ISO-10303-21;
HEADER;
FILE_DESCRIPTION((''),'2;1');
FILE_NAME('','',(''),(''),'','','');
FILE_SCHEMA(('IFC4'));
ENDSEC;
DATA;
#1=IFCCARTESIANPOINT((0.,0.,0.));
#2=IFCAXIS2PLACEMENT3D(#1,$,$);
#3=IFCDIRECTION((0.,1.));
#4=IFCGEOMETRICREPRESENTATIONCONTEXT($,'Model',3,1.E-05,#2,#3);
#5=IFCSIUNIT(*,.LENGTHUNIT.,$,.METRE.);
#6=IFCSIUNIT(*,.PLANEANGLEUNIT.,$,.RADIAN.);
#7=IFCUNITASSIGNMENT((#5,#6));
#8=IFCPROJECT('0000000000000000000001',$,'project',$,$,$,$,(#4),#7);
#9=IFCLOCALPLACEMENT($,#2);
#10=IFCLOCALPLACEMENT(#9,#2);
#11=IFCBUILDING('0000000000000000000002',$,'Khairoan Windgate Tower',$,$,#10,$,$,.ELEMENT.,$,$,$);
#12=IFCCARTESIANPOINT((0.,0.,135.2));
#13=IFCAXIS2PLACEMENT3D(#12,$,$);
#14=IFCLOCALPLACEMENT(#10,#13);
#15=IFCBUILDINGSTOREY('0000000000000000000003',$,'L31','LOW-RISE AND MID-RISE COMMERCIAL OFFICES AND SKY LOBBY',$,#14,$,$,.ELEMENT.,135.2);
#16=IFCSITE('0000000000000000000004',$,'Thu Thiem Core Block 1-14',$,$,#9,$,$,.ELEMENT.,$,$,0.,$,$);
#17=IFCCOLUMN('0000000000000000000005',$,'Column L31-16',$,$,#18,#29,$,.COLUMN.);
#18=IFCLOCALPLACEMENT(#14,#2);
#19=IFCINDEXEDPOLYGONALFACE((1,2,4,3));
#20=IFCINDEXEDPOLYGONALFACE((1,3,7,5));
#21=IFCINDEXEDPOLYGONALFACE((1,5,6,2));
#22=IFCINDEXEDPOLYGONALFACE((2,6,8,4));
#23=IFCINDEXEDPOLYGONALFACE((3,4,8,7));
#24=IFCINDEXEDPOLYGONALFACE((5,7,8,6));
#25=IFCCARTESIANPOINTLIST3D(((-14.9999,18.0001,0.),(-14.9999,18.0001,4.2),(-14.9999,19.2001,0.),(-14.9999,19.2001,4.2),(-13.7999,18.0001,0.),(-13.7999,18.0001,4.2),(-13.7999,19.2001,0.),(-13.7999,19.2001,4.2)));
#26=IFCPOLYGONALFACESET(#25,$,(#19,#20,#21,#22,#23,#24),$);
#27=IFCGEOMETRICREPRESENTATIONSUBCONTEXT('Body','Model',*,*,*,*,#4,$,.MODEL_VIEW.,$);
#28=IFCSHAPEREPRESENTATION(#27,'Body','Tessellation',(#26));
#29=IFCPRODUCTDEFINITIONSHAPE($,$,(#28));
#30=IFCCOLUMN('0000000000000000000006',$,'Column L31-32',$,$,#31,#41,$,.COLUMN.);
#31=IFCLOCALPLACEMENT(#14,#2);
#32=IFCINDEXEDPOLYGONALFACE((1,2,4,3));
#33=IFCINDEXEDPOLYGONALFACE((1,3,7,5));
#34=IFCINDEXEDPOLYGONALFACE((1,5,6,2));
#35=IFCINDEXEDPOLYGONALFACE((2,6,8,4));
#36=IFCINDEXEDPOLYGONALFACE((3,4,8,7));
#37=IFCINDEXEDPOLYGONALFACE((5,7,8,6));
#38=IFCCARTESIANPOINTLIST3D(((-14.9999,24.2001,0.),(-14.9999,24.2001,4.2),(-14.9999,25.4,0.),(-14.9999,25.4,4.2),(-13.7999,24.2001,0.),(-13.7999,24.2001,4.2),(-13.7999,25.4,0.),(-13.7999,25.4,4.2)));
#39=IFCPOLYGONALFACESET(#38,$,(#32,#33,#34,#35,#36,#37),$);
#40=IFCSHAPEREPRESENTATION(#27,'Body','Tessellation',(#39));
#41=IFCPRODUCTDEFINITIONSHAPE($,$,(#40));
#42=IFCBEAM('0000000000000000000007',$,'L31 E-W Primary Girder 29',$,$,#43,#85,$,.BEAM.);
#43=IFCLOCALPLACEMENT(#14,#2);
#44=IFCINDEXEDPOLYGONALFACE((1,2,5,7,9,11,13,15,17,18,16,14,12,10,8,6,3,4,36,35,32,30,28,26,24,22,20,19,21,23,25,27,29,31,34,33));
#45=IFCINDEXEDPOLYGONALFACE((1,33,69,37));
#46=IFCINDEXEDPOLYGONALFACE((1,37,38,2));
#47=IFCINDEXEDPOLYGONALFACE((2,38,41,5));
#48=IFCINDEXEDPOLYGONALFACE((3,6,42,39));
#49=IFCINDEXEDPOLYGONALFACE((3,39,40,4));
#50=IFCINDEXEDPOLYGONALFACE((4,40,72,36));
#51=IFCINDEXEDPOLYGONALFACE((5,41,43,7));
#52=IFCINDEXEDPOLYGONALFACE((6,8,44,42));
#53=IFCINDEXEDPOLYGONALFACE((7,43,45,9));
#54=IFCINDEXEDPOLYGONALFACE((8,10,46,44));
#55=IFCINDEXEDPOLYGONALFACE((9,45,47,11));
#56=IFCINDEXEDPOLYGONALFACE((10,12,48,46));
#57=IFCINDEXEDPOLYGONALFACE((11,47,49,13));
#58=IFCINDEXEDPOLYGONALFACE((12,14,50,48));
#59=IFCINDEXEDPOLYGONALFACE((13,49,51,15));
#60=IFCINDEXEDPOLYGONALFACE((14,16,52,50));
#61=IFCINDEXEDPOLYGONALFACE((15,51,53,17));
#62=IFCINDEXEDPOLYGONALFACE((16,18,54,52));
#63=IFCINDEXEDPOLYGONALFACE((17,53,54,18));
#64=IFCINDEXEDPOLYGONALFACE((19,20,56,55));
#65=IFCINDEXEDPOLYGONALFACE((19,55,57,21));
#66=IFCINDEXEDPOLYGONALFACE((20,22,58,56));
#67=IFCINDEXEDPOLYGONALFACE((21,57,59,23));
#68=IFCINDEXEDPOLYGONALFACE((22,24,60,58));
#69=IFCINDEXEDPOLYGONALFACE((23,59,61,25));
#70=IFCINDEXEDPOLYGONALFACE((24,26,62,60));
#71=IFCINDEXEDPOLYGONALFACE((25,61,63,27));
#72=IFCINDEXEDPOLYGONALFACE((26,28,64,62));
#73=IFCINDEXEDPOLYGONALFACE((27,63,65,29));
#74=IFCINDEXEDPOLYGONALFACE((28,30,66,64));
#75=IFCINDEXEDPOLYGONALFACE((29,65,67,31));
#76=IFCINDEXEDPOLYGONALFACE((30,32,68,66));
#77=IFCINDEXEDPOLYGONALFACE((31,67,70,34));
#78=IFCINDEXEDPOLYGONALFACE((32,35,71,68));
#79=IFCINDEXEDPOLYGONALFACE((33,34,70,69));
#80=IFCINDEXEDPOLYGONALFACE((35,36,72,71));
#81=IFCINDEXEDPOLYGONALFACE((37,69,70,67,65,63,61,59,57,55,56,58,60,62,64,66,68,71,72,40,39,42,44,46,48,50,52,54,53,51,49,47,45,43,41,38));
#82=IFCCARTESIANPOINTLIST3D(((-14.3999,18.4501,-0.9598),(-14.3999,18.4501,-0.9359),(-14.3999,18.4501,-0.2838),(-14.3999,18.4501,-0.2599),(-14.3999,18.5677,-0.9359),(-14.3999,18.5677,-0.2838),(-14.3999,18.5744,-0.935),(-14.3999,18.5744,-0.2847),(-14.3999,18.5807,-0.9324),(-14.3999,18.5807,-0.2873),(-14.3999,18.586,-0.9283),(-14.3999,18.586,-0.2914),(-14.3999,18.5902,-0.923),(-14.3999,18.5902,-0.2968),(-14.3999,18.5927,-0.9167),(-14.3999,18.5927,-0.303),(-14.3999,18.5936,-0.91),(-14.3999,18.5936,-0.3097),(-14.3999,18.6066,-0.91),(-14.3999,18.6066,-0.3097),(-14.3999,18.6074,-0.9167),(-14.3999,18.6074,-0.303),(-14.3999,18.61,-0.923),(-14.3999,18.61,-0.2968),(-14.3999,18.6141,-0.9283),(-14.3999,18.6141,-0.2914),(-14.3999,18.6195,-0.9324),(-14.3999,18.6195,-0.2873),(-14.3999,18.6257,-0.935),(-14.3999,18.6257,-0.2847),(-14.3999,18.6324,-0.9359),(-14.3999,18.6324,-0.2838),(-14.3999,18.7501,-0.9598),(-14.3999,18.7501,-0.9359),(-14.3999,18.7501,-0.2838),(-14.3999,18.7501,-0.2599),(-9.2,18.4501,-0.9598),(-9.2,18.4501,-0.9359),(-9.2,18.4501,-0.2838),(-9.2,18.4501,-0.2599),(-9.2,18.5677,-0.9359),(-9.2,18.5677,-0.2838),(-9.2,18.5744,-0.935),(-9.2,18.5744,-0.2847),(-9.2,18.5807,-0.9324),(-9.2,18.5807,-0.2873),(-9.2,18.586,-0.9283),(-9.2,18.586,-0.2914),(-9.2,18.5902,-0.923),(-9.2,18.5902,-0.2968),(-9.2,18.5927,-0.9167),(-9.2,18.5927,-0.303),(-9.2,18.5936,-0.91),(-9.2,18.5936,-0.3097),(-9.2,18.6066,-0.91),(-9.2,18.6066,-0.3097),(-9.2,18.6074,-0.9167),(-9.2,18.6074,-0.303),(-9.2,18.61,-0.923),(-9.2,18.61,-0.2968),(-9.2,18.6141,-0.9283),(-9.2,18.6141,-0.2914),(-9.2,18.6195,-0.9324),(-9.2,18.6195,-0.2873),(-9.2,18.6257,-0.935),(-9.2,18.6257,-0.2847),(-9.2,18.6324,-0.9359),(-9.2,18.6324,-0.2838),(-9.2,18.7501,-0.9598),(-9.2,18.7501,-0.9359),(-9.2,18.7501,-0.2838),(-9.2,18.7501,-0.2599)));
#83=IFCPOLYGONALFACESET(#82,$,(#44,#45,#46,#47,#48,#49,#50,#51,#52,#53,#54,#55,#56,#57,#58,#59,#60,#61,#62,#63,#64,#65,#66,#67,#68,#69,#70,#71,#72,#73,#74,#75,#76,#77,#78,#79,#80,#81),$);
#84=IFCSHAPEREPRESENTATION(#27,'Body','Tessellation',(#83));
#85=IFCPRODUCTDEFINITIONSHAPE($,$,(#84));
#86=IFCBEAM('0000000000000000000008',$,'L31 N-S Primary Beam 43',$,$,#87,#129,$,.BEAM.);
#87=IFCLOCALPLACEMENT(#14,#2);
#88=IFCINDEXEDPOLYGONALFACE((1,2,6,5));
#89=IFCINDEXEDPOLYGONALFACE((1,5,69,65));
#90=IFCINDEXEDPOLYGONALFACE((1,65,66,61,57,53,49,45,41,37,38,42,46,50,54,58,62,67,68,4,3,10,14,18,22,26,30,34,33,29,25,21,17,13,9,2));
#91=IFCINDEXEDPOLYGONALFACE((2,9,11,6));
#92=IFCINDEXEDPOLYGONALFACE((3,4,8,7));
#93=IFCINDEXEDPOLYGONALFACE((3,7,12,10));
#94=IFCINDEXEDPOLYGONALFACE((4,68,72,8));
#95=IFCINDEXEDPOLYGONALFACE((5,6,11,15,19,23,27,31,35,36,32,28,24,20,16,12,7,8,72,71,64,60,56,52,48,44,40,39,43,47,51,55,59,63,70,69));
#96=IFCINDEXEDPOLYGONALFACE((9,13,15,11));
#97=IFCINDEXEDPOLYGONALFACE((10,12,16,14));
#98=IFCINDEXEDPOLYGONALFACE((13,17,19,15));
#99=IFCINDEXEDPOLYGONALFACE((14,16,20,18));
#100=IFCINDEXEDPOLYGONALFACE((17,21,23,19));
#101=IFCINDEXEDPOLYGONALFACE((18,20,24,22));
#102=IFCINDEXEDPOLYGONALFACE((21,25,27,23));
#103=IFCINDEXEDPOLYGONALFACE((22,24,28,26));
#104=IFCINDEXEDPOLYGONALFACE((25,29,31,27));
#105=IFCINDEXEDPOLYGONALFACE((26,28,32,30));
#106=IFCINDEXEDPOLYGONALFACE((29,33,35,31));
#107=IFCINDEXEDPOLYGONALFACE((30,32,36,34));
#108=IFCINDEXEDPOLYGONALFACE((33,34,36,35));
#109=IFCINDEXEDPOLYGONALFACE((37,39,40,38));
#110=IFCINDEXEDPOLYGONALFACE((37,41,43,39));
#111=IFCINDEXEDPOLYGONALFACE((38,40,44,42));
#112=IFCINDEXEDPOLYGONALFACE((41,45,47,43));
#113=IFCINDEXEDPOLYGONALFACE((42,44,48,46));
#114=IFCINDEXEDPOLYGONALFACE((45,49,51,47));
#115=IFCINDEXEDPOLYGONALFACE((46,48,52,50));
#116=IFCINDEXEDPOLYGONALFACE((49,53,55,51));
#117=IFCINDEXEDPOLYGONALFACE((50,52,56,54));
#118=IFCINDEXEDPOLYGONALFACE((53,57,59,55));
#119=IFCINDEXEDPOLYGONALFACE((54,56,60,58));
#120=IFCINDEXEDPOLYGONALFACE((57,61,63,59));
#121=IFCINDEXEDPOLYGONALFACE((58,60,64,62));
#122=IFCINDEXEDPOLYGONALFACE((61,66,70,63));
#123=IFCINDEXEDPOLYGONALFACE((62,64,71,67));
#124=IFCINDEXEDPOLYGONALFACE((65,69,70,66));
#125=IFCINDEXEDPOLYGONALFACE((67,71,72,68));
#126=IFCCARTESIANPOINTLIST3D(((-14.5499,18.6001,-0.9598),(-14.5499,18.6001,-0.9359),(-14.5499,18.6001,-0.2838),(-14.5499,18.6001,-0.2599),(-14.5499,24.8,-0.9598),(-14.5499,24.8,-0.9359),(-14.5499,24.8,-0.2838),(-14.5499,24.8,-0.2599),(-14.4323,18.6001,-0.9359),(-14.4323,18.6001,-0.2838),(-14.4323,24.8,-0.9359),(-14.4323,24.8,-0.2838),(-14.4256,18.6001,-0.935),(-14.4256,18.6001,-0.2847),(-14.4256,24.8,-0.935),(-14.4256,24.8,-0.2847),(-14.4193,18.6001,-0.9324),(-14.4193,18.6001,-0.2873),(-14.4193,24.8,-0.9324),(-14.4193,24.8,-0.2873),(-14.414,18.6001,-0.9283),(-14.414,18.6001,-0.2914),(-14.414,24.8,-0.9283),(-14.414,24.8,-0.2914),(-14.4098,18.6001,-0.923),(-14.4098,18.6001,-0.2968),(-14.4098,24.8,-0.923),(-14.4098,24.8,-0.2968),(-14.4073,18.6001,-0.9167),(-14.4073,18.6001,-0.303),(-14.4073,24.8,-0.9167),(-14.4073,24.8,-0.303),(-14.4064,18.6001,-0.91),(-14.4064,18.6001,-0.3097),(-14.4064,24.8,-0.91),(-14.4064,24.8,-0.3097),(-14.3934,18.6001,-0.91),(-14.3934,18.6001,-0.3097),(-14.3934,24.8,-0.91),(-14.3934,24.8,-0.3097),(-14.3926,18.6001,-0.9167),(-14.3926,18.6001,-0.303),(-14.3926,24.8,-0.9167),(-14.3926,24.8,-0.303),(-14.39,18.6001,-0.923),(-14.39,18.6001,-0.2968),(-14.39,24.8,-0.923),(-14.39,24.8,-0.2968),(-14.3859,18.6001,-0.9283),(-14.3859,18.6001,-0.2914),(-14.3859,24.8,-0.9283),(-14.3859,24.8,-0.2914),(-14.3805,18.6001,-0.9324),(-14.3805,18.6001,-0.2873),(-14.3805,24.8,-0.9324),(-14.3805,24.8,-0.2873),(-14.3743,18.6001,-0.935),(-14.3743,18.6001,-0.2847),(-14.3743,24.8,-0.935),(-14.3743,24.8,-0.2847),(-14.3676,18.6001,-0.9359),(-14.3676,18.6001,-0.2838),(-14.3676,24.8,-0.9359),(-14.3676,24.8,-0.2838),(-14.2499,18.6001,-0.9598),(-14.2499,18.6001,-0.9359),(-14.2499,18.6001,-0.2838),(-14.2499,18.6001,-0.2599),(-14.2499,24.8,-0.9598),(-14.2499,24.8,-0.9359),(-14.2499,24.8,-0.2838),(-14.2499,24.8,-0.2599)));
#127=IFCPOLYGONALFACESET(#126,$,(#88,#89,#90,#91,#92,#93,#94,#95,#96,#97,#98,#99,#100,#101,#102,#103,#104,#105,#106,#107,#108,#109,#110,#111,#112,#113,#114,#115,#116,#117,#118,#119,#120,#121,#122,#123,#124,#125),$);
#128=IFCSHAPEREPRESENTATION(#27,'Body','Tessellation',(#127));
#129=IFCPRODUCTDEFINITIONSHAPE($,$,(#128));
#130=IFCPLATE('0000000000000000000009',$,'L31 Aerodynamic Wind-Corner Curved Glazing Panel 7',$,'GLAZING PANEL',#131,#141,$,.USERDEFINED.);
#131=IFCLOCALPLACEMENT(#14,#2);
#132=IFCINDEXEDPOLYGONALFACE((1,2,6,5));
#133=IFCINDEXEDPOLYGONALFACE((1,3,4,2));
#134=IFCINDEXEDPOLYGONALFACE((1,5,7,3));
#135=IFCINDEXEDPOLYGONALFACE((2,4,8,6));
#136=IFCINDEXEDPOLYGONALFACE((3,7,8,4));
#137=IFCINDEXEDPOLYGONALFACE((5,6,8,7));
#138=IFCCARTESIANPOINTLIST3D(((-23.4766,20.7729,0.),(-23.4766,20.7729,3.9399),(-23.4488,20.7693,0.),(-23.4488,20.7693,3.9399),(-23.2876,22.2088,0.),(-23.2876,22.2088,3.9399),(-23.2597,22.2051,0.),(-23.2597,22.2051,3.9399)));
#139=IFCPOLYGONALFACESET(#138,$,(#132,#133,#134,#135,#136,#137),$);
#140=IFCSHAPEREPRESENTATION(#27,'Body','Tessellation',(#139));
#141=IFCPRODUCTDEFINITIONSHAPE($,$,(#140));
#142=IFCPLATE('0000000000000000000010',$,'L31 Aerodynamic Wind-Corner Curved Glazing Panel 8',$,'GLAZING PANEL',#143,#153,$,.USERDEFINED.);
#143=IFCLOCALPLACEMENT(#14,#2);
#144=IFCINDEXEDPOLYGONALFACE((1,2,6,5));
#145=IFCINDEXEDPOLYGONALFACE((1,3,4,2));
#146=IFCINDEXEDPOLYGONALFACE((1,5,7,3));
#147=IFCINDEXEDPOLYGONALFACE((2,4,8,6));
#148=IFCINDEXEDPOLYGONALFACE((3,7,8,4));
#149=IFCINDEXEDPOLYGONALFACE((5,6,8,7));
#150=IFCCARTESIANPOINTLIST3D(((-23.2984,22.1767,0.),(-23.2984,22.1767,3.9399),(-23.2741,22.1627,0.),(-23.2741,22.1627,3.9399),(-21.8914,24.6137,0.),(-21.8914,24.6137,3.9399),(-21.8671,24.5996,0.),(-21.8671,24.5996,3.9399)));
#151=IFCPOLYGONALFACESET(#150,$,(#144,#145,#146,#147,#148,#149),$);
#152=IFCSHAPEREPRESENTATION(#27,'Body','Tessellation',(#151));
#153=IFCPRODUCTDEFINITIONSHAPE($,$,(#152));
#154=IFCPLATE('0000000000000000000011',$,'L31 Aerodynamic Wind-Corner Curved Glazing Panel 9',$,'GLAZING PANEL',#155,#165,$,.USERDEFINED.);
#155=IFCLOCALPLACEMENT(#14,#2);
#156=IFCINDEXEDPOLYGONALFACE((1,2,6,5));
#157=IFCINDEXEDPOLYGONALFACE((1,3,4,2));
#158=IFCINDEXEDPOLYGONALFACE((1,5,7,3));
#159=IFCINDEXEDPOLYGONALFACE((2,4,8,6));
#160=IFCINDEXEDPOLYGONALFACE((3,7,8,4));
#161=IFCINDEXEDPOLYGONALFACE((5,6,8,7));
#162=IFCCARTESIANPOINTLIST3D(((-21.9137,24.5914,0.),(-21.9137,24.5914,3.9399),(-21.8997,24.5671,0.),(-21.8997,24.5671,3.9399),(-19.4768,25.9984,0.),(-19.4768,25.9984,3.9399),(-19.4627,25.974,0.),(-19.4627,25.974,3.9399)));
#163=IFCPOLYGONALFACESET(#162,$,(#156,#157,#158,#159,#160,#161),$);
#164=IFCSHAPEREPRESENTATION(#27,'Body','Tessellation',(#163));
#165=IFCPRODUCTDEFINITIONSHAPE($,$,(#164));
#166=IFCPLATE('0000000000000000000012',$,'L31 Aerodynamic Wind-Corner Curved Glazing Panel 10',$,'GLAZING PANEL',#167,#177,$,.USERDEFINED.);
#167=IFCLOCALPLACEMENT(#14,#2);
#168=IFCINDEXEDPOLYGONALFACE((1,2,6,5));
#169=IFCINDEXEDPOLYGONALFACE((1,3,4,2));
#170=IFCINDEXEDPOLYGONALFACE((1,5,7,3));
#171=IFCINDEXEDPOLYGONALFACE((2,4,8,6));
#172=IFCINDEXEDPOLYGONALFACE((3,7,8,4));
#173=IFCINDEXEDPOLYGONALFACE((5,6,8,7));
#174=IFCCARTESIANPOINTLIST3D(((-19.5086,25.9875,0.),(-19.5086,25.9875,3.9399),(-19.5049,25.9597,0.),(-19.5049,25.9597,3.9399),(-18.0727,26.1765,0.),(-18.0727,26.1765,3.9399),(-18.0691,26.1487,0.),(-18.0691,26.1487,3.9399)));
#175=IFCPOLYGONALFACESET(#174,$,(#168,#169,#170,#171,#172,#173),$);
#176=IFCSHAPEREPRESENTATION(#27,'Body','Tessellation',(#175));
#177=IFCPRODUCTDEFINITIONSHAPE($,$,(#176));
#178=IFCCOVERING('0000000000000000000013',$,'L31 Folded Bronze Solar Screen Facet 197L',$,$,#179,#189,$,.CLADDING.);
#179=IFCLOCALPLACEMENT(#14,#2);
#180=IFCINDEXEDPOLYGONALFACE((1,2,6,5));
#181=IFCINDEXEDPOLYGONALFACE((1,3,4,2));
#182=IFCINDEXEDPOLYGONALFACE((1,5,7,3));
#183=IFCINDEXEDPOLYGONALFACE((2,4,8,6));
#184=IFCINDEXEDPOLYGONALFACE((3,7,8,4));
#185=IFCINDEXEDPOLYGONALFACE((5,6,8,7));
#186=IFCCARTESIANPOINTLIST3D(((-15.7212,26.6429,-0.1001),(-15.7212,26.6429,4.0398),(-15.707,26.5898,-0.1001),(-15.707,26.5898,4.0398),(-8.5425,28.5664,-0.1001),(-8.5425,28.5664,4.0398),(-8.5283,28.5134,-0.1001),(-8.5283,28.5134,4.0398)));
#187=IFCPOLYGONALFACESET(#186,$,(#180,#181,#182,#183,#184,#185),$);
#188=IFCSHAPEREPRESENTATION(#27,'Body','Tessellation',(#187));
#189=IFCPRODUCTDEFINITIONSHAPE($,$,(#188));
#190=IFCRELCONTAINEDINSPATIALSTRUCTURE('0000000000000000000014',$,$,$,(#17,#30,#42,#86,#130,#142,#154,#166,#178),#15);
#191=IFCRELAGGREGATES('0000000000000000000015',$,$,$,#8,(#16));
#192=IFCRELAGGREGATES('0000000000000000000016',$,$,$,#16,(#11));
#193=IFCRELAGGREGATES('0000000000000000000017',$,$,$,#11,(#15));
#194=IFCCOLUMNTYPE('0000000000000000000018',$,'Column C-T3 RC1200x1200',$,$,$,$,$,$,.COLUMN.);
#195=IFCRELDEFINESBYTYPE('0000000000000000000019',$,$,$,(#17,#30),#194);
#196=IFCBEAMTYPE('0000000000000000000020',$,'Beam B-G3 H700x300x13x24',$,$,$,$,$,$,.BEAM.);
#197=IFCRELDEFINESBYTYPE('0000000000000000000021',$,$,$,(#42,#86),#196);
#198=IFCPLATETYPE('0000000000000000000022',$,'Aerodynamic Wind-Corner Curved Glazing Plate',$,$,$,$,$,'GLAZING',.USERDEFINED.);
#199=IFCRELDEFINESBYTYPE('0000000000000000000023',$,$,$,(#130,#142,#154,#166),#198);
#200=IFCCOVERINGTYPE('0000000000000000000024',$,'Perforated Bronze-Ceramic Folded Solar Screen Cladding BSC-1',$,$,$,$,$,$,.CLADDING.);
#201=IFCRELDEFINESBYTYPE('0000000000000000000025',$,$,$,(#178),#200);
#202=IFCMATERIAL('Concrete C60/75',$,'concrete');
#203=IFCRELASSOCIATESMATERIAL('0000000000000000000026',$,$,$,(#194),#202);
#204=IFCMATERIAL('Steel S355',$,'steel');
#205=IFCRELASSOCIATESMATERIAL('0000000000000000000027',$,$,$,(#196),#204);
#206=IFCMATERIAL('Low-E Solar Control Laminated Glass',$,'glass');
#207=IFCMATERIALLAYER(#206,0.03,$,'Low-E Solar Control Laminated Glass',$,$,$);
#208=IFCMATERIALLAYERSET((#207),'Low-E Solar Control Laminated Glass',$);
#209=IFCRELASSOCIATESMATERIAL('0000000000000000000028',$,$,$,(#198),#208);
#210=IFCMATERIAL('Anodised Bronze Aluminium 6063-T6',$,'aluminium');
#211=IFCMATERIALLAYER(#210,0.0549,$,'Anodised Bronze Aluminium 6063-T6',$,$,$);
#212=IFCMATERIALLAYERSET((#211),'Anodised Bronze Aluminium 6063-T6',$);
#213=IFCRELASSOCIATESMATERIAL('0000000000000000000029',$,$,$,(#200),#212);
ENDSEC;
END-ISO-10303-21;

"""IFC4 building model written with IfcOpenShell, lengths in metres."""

from ifc_helpers import new_model, si_unit, direction, frame, origin, origin_2d, place, context, subcontext, project, spatial, rectangle, i_section, extrude, material, layer, layer_set, material_profile, profile_set, type_object, element, save


model = new_model("IFC4")

# Units and contexts
model_context = context("Model", 3, precision=1e-05, world=origin(), true_north=direction((0.0, 1.0)))
body_context = subcontext(model_context, "Body", "Model", "MODEL_VIEW")
ifc_project = project(units=[si_unit("LENGTHUNIT", "METRE"), si_unit("PLANEANGLEUNIT", "RADIAN")], contexts=[model_context])

# Site, building, storey
site_placement = place(None, origin())
site = spatial("IfcSite", under=ifc_project, at=site_placement, Name="Thu Thiem Core Block 1-14", CompositionType="ELEMENT", RefElevation=0.0)
building_placement = place(site_placement, origin())
building = spatial("IfcBuilding", under=site, at=building_placement, Name="Khairoan Windgate Tower", CompositionType="ELEMENT")
storey_placement = place(building_placement, frame((0.0, 0.0, 135.2)))
storey = spatial("IfcBuildingStorey", under=building, at=storey_placement, Name="L31", Description="LOW-RISE AND MID-RISE COMMERCIAL OFFICES AND SKY LOBBY", CompositionType="ELEMENT", Elevation=135.2)

# Columns
ifc_material_1 = material(Name="Concrete C60/75", Category="concrete")
ifc_material_profile_1 = material_profile(ifc_material_1, rectangle(XDim=1.2, YDim=1.2, at=origin_2d()))
ifc_profile_set_1 = profile_set([ifc_material_profile_1], Name="Concrete C60/75")
column_type = type_object("IfcColumnType", Name="Column C-T3 RC1200x1200", PredefinedType="COLUMN", material=ifc_profile_set_1)
for number, where, z_axis, x_axis, name in (
    (1, (-14.3999, 18.6001, 0.0), (0.0, 0.0, 1.0), (1.0, 0.0, 0.0), "Column L31-16"),
    (2, (-14.3999, 24.8, 0.0), (0.0, 0.0, 1.0), (1.0, 0.0, 0.0), "Column L31-32"),
):
    element("IfcColumn", number, at=place(storey_placement, frame(where, z_axis=z_axis, x_axis=x_axis)), inside=storey, type_object=column_type, Name=name, PredefinedType="COLUMN", context=body_context, shape_type="SweptSolid", body=[
        extrude(rectangle(XDim=1.2, YDim=1.2, at=origin_2d()), origin(), (0.0, 0.0, 1.0), 4.2),
    ])

# Beams
ifc_material_2 = material(Name="Steel S355", Category="steel")
ifc_material_profile_2 = material_profile(ifc_material_2, i_section(OverallWidth=0.3, OverallDepth=0.7, WebThickness=0.0129, FlangeThickness=0.0239, FilletRadius=0.0259, at=origin_2d()))
ifc_profile_set_2 = profile_set([ifc_material_profile_2], Name="Steel S355")
beam_type = type_object("IfcBeamType", Name="Beam B-G3 H700x300x13x24", PredefinedType="BEAM", material=ifc_profile_set_2)
beam_1_placement = place(storey_placement, frame((-14.3999, 18.6001, -0.6099), z_axis=(1.0, 0.0, 0.0), x_axis=(0.0, 1.0, 0.0)))
element("IfcBeam", 3, at=beam_1_placement, inside=storey, type_object=beam_type, Name="L31 E-W Primary Girder 29", PredefinedType="BEAM", context=body_context, shape_type="SweptSolid", body=[
    extrude(i_section(OverallWidth=0.3, OverallDepth=0.7, WebThickness=0.0129, FlangeThickness=0.0239, FilletRadius=0.0259, at=origin_2d()), origin(), (0.0, 0.0, 1.0), 5.2),
])
beam_2_placement = place(storey_placement, frame((-14.3999, 18.6001, -0.6099), z_axis=(0.0, 1.0, 0.0), x_axis=(-1.0, 0.0, 0.0)))
element("IfcBeam", 4, at=beam_2_placement, inside=storey, type_object=beam_type, Name="L31 N-S Primary Beam 43", PredefinedType="BEAM", context=body_context, shape_type="SweptSolid", body=[
    extrude(i_section(OverallWidth=0.3, OverallDepth=0.7, WebThickness=0.0129, FlangeThickness=0.0239, FilletRadius=0.0259, at=origin_2d()), origin(), (0.0, 0.0, 1.0), 6.2),
])

# Plates
ifc_material_3 = material(Name="Low-E Solar Control Laminated Glass", Category="glass")
ifc_layer_1 = layer(ifc_material_3, 0.03, Name="Low-E Solar Control Laminated Glass")
ifc_layer_set_1 = layer_set([ifc_layer_1], Name="Low-E Solar Control Laminated Glass")
plate_type_1 = type_object("IfcPlateType", Name="Aerodynamic Wind-Corner Curved Glazing Plate", ElementType="GLAZING", PredefinedType="USERDEFINED", material=ifc_layer_set_1)
plate_1_placement = place(storey_placement, frame((-23.3682, 21.489, 0.0), z_axis=(0.0, 0.0, 1.0), x_axis=(0.130526, 0.991445, 0.0)))
element("IfcPlate", 5, at=plate_1_placement, inside=storey, type_object=plate_type_1, Name="L31 Aerodynamic Wind-Corner Curved Glazing Panel 7", ObjectType="GLAZING PANEL", PredefinedType="USERDEFINED", context=body_context, shape_type="SweptSolid", body=[
    extrude(rectangle(XDim=1.4482, YDim=0.0281, at=origin_2d()), origin(), (0.0, 0.0, 1.0), 3.9399),
])
for number, where, z_axis, x_axis, name in (
    (6, (-22.5828, 23.3882, 0.0), (0.0, 0.0, 1.0), (0.5, 0.866025, 0.0), "L31 Aerodynamic Wind-Corner Curved Glazing Panel 8"),
    (7, (-20.6882, 25.2827, 0.0), (0.0, 0.0, 1.0), (0.866025, 0.5, 0.0), "L31 Aerodynamic Wind-Corner Curved Glazing Panel 9"),
):
    element("IfcPlate", number, at=place(storey_placement, frame(where, z_axis=z_axis, x_axis=x_axis)), inside=storey, type_object=plate_type_1, Name=name, ObjectType="GLAZING PANEL", PredefinedType="USERDEFINED", context=body_context, shape_type="SweptSolid", body=[
        extrude(rectangle(XDim=2.814, YDim=0.0281, at=origin_2d()), origin(), (0.0, 0.0, 1.0), 3.9399),
    ])
plate_2_placement = place(storey_placement, frame((-18.7888, 26.0681, 0.0), z_axis=(0.0, 0.0, 1.0), x_axis=(0.991445, 0.130526, 0.0)))
element("IfcPlate", 8, at=plate_2_placement, inside=storey, type_object=plate_type_1, Name="L31 Aerodynamic Wind-Corner Curved Glazing Panel 10", ObjectType="GLAZING PANEL", PredefinedType="USERDEFINED", context=body_context, shape_type="SweptSolid", body=[
    extrude(rectangle(XDim=1.4482, YDim=0.0281, at=origin_2d()), origin(), (0.0, 0.0, 1.0), 3.9399),
])

# Covering
ifc_material_4 = material(Name="Anodised Bronze Aluminium 6063-T6", Category="aluminium")
ifc_layer_2 = layer(ifc_material_4, 0.0549, Name="Anodised Bronze Aluminium 6063-T6")
ifc_layer_set_2 = layer_set([ifc_layer_2], Name="Anodised Bronze Aluminium 6063-T6")
covering_type = type_object("IfcCoveringType", Name="Perforated Bronze-Ceramic Folded Solar Screen Cladding BSC-1", PredefinedType="CLADDING", material=ifc_layer_set_2)
covering_placement = place(storey_placement, frame((-12.1248, 27.5781, -0.1001), z_axis=(0.0, 0.0, 1.0), x_axis=(0.965926, 0.258819, 0.0)))
element("IfcCovering", 9, at=covering_placement, inside=storey, type_object=covering_type, Name="L31 Folded Bronze Solar Screen Facet 197L", PredefinedType="CLADDING", context=body_context, shape_type="SweptSolid", body=[
    extrude(rectangle(XDim=7.4319, YDim=0.0549, at=origin_2d()), origin(), (0.0, 0.0, 1.0), 4.1399),
])

save(model, "model.ifc")
